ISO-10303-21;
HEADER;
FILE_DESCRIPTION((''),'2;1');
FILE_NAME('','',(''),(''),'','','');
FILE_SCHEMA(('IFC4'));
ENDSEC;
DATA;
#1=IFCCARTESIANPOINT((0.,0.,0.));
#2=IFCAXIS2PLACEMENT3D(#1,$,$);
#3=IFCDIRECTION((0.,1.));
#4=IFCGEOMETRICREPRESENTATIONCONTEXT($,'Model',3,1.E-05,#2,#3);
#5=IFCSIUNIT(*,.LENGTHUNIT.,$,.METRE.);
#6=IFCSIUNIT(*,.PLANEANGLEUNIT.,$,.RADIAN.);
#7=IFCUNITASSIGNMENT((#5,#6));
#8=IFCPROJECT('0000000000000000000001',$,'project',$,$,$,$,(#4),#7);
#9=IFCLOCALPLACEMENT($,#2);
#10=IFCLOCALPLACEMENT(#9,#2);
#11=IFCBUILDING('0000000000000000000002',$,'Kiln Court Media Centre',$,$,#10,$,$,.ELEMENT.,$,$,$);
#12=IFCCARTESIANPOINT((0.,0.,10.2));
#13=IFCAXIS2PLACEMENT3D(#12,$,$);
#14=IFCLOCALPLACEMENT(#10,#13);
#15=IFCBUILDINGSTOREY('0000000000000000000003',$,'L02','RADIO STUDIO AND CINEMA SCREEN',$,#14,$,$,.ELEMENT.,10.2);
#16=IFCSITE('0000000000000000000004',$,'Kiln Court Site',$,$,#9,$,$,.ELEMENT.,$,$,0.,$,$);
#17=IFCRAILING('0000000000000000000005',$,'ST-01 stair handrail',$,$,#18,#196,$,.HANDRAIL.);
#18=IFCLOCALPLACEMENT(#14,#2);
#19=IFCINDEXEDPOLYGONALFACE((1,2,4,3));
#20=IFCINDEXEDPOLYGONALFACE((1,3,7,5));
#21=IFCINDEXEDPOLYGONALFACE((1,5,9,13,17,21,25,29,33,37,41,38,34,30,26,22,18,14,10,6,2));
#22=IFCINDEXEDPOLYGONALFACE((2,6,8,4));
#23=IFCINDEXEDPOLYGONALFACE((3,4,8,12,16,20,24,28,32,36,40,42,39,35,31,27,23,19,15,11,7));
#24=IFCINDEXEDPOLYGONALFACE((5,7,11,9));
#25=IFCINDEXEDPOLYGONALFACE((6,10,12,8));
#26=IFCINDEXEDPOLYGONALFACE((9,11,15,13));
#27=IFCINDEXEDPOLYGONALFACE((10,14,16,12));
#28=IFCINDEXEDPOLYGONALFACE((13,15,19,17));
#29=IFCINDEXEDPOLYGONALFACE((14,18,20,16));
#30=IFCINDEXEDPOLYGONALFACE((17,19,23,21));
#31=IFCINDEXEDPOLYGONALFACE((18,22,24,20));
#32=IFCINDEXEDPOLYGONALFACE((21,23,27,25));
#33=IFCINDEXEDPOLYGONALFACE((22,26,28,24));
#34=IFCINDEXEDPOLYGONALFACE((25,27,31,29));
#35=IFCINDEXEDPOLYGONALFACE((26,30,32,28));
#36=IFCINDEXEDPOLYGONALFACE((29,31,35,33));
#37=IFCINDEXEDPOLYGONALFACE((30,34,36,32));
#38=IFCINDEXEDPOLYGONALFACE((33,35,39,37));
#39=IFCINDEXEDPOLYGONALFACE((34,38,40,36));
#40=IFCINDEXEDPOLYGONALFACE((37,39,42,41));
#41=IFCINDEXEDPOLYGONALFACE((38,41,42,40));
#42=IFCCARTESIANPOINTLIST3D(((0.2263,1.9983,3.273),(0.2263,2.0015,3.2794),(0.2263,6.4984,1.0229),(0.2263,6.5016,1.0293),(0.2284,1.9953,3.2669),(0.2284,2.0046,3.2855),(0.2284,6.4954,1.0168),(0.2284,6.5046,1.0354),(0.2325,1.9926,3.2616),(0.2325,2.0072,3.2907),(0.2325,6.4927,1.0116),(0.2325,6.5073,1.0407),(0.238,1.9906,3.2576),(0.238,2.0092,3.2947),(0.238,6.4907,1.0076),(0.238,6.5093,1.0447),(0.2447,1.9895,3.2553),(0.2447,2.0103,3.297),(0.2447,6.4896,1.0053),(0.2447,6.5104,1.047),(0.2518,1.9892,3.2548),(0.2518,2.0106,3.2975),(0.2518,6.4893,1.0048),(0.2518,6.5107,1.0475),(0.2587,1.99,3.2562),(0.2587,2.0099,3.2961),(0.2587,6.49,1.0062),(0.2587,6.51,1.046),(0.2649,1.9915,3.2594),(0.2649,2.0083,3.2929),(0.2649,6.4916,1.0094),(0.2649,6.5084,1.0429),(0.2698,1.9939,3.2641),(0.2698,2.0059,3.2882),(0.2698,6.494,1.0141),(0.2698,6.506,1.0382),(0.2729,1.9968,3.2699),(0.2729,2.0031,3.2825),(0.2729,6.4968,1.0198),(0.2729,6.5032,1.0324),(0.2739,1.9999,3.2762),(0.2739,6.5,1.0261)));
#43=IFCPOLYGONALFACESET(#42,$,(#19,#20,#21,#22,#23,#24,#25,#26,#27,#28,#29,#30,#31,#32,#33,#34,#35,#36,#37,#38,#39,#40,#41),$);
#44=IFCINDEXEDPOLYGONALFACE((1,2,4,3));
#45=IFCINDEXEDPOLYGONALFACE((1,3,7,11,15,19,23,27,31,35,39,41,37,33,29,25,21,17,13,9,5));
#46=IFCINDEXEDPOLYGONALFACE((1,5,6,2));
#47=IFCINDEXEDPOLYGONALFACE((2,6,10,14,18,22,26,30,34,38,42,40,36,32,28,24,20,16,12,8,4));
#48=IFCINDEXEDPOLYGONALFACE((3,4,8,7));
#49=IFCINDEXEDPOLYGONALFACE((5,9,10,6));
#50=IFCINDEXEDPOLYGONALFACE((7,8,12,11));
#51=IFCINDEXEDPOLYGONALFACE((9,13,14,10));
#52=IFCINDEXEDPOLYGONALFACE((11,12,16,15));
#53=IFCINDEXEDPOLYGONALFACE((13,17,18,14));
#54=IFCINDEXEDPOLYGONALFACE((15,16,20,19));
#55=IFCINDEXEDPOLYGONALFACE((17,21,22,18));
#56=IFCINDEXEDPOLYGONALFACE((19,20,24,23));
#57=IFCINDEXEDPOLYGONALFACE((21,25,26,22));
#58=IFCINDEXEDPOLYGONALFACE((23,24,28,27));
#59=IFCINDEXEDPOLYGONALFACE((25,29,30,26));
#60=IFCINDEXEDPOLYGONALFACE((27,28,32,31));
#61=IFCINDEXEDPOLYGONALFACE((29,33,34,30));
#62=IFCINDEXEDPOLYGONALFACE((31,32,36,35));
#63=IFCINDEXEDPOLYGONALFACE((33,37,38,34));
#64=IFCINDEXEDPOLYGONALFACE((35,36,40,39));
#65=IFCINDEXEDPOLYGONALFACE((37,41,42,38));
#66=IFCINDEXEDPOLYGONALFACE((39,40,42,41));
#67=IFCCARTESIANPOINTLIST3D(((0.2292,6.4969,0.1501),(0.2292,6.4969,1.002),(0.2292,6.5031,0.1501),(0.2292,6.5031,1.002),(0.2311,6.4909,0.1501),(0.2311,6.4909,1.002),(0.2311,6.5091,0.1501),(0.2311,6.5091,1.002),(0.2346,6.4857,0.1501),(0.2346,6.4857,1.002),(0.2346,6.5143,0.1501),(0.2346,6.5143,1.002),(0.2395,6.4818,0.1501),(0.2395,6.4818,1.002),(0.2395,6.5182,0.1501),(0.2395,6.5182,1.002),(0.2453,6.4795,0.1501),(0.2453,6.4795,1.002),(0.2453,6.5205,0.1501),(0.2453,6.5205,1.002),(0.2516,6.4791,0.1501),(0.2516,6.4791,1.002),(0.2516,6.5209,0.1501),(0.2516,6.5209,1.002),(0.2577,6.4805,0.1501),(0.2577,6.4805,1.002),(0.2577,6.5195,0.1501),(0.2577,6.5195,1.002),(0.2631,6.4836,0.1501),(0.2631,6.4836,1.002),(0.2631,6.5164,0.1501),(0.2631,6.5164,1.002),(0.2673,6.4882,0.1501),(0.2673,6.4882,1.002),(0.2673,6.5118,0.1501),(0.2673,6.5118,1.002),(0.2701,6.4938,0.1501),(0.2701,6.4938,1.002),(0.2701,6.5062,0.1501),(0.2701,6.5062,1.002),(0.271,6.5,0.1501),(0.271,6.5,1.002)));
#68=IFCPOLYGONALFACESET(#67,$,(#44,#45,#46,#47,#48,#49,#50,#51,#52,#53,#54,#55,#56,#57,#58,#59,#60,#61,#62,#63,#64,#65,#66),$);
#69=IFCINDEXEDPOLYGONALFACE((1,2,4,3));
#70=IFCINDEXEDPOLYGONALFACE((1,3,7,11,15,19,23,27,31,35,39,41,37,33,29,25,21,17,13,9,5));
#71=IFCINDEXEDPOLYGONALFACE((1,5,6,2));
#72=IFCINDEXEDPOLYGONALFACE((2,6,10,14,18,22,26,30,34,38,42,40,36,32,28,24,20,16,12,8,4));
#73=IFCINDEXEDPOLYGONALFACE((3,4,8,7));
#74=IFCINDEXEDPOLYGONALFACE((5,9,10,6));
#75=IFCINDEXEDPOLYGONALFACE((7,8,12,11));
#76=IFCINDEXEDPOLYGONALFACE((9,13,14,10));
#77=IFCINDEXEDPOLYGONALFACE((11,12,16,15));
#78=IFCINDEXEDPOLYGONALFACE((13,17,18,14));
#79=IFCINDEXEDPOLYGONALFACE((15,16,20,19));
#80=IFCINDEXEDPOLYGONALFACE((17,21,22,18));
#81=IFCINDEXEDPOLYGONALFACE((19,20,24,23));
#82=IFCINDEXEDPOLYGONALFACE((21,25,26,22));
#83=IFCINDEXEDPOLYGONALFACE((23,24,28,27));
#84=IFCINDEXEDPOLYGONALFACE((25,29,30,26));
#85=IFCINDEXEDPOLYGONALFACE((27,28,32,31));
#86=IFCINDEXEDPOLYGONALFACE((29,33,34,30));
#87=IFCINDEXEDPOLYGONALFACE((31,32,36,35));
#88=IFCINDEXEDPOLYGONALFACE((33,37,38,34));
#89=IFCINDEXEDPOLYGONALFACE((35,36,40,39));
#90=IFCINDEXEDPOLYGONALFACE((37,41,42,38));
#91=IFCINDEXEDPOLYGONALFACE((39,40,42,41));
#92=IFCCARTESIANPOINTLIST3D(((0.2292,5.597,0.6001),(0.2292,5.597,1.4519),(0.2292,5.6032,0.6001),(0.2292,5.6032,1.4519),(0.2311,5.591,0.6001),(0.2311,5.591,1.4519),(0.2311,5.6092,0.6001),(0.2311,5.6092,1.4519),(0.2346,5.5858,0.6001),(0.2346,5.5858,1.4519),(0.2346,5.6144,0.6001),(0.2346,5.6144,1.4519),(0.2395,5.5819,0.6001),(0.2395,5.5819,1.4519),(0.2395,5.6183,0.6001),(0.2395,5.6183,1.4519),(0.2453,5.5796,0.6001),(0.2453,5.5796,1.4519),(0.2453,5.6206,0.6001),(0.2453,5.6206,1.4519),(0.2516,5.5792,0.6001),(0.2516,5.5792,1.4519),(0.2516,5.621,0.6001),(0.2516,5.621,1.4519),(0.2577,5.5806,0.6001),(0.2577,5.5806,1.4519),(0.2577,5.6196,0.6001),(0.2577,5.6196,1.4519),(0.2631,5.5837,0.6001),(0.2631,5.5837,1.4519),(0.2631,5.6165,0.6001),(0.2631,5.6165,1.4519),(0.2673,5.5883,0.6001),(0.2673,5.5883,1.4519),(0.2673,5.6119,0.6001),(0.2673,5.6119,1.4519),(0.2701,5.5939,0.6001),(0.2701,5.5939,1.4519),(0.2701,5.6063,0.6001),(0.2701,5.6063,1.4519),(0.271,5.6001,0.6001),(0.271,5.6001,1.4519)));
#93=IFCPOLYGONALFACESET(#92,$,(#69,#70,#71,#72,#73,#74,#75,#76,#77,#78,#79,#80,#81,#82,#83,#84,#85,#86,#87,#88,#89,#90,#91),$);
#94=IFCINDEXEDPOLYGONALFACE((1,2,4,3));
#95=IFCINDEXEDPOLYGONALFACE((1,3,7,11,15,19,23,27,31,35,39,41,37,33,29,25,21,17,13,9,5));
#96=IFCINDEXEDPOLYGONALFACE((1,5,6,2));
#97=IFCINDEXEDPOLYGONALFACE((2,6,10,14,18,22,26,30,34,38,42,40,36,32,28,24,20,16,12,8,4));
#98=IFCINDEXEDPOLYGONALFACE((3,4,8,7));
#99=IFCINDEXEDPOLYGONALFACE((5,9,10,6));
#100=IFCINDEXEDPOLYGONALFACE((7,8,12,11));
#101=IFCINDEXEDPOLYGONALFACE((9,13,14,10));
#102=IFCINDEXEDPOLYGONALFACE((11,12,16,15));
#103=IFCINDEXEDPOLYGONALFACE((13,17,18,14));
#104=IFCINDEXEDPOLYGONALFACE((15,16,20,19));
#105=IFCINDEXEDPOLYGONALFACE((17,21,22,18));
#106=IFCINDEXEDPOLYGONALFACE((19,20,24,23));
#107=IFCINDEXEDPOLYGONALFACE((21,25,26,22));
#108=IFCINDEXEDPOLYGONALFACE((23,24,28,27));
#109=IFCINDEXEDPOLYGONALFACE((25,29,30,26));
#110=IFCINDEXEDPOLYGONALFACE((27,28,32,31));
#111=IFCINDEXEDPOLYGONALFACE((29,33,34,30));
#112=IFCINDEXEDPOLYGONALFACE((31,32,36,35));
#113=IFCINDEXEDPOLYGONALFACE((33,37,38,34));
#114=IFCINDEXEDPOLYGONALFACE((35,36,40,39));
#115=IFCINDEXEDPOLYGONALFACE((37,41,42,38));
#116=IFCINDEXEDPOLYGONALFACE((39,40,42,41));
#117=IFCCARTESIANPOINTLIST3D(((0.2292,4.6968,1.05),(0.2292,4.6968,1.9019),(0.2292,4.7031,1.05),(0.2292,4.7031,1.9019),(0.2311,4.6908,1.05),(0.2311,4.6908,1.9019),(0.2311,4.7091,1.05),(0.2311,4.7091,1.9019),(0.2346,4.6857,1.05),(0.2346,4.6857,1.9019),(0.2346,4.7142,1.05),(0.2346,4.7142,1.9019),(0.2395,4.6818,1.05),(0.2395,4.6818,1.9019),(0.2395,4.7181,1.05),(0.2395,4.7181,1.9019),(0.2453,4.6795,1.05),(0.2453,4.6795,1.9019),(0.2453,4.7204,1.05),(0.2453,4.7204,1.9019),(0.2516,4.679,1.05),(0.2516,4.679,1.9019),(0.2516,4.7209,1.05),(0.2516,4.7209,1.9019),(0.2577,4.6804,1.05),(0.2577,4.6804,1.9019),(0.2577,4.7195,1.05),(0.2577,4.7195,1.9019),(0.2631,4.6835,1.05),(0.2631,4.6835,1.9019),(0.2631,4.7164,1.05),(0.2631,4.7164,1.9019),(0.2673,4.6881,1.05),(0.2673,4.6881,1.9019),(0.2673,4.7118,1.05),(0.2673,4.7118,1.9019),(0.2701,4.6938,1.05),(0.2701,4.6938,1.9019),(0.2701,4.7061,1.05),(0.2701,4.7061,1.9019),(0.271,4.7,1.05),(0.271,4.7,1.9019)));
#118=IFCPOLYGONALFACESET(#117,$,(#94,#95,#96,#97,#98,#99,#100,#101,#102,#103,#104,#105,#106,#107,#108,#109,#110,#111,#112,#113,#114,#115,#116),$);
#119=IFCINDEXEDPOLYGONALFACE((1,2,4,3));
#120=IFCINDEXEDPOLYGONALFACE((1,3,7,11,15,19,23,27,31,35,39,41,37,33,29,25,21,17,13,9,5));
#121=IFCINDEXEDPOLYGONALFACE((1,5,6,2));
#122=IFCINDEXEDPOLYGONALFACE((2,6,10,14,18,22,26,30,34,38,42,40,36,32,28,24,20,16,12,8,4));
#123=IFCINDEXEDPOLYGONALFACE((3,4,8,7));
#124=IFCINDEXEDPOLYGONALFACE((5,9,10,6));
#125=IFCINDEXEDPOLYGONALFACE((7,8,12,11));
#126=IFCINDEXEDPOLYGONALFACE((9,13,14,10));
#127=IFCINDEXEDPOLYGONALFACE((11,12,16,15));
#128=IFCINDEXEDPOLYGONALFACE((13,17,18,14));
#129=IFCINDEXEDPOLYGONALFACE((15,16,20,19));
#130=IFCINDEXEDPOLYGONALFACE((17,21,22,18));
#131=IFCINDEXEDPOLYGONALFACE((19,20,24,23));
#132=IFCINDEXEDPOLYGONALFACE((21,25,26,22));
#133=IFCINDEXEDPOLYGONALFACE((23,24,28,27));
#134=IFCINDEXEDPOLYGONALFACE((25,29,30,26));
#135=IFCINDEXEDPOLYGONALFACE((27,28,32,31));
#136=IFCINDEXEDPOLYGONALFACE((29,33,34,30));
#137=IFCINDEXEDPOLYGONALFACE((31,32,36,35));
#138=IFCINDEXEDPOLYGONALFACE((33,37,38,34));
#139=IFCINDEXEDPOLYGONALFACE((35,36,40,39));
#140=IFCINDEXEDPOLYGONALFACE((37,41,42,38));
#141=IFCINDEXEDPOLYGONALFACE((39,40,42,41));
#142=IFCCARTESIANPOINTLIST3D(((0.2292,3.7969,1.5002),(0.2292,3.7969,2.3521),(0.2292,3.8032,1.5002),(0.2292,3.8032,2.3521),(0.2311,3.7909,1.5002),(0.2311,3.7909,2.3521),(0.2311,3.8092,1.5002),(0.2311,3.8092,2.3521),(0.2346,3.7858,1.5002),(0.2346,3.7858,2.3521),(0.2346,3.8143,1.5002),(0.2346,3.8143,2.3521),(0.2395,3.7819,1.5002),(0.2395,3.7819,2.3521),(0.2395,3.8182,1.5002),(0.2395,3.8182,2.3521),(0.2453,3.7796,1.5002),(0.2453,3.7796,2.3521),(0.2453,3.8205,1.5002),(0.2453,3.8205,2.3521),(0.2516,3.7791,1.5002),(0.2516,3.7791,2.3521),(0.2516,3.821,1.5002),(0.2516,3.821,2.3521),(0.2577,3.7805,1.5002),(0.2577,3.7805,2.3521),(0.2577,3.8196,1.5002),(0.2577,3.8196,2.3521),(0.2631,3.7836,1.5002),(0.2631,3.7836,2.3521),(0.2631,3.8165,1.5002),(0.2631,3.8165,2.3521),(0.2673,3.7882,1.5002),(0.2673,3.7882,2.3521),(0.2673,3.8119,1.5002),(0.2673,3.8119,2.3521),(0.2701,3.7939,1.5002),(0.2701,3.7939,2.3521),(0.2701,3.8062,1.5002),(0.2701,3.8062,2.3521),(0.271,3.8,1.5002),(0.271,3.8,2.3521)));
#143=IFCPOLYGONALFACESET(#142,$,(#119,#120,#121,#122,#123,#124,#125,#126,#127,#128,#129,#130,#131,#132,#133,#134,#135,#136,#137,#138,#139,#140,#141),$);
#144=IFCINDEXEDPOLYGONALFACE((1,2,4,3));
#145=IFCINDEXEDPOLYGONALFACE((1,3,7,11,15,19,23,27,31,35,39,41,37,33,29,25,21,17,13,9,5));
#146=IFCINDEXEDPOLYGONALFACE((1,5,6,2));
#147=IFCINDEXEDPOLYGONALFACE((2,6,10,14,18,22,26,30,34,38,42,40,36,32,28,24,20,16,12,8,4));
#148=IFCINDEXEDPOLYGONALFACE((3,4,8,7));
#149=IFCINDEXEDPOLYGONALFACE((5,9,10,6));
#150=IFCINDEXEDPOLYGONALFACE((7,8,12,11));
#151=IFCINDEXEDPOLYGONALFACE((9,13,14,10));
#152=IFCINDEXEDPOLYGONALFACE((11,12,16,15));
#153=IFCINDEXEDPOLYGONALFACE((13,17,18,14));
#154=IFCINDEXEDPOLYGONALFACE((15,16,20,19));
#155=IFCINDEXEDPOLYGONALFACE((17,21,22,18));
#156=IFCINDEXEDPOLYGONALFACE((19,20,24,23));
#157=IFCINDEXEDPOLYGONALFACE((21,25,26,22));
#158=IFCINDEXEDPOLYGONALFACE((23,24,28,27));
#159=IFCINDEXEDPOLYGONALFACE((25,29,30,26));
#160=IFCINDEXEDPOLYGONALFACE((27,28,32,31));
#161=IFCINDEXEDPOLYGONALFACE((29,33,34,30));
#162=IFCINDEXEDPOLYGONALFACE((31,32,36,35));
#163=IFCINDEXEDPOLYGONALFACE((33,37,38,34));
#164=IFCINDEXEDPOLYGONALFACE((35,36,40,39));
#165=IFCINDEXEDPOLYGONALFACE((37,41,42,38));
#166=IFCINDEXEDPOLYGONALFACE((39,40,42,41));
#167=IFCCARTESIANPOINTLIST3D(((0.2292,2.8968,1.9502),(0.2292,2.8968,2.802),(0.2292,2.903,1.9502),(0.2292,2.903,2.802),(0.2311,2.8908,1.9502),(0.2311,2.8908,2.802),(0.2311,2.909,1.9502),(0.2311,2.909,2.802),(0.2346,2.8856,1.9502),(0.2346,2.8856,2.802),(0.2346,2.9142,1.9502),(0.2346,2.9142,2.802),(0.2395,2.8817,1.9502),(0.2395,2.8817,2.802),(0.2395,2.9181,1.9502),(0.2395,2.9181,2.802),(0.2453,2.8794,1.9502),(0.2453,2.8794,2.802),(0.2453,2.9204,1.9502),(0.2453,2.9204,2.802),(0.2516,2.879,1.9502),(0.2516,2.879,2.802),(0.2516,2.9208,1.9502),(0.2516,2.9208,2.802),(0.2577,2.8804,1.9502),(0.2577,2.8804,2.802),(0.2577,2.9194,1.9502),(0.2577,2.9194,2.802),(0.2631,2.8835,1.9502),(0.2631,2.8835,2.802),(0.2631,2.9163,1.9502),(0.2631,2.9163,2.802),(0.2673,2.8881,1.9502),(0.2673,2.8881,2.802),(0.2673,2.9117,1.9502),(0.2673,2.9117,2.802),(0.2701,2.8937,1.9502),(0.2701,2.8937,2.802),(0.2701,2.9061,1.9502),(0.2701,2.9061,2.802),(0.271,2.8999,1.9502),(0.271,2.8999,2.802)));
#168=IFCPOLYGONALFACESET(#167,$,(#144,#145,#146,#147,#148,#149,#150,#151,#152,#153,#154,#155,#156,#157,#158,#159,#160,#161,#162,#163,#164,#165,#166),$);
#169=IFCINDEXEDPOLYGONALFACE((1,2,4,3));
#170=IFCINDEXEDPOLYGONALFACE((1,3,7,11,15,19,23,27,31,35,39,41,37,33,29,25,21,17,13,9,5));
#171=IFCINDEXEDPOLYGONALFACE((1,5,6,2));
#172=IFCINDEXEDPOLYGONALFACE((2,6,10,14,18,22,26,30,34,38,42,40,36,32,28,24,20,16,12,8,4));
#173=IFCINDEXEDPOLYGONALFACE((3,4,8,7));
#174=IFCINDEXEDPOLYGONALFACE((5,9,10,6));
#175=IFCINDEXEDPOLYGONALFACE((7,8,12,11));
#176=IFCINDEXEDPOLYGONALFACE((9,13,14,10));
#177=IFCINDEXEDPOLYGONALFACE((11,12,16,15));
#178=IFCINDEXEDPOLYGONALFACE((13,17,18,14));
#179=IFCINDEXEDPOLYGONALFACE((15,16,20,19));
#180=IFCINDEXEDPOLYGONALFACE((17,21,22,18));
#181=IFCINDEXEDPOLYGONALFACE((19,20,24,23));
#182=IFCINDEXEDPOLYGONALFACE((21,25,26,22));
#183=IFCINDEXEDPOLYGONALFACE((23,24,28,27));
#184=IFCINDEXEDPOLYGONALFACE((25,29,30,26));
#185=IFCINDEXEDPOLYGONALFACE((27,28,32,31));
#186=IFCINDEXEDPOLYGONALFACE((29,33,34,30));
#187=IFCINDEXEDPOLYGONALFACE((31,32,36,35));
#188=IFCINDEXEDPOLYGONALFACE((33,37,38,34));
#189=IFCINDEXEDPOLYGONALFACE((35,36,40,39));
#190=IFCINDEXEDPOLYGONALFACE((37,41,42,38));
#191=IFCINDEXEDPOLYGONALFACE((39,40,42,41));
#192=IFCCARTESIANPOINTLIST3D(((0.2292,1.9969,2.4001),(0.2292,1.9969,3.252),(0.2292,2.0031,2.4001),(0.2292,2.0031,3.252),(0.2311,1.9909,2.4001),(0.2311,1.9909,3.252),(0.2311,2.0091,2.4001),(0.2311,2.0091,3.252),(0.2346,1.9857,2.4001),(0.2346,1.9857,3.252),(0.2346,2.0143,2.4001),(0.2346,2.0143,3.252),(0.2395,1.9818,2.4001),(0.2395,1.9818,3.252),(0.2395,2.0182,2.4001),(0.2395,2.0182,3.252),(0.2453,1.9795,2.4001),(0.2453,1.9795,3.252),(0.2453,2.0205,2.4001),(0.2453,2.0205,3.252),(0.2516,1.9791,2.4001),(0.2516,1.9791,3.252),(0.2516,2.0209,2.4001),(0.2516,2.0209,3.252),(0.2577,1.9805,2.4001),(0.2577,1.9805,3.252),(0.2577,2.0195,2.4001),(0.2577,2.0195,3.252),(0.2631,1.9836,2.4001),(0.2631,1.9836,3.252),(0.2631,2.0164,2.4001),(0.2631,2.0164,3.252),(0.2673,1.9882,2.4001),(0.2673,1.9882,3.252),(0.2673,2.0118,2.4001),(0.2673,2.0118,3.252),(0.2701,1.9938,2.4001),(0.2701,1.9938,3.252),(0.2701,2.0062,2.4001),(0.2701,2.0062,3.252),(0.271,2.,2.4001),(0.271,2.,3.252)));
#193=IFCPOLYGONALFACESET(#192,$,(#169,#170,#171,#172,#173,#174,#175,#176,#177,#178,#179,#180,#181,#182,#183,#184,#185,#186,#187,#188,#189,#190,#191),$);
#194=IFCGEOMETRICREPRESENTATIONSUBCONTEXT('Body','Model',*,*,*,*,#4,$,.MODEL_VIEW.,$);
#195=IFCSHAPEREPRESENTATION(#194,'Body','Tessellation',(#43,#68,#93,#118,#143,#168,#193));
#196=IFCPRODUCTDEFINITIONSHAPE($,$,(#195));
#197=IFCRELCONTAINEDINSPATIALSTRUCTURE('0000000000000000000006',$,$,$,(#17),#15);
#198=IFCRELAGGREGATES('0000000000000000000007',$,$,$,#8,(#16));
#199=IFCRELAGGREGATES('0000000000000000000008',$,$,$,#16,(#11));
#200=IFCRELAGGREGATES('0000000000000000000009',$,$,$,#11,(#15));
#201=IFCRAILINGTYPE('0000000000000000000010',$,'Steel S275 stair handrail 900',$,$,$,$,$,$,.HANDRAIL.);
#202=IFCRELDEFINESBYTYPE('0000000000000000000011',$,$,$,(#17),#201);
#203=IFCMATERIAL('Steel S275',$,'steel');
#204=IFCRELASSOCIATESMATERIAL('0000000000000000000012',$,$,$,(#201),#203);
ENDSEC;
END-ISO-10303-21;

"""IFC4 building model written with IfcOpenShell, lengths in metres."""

from ifc_helpers import new_model, si_unit, direction, frame, origin, origin_2d, place, context, subcontext, project, spatial, circle, extrude, material, type_object, element, save


model = new_model("IFC4")

# Units and contexts
model_context = context("Model", 3, precision=1e-05, world=origin(), true_north=direction((0.0, 1.0)))
body_context = subcontext(model_context, "Body", "Model", "MODEL_VIEW")
ifc_project = project(units=[si_unit("LENGTHUNIT", "METRE"), si_unit("PLANEANGLEUNIT", "RADIAN")], contexts=[model_context])

# Site, building, storey
site_placement = place(None, origin())
site = spatial("IfcSite", under=ifc_project, at=site_placement, Name="Kiln Court Site", CompositionType="ELEMENT", RefElevation=0.0)
building_placement = place(site_placement, origin())
building = spatial("IfcBuilding", under=site, at=building_placement, Name="Kiln Court Media Centre", CompositionType="ELEMENT")
storey_placement = place(building_placement, frame((0.0, 0.0, 10.2)))
storey = spatial("IfcBuildingStorey", under=building, at=storey_placement, Name="L02", Description="RADIO STUDIO AND CINEMA SCREEN", CompositionType="ELEMENT", Elevation=10.2)

# Railing
ifc_material_1 = material(Name="Steel S275", Category="steel")
railing_type_1 = type_object("IfcRailingType", Name="Steel S275 stair handrail 900", PredefinedType="HANDRAIL", material=ifc_material_1)
railing_1_placement = place(storey_placement, frame((0.25, 6.5, 0.1501)))
element("IfcRailing", 1, at=railing_1_placement, inside=storey, type_object=railing_type_1, Name="ST-01 stair handrail", PredefinedType="HANDRAIL", context=body_context, shape_type="SweptSolid", body=[
    extrude(circle(Radius=0.0239, at=origin_2d()), frame((0.0, 0.0, 0.876), z_axis=(0.0, -0.894427, 0.447214), x_axis=(1.0, 0.0, 0.0)), (0.0, 0.0, 1.0), 5.0312),
    extrude(circle(Radius=0.021, at=origin_2d()), origin(), (0.0, 0.0, 1.0), 0.8518),
    extrude(circle(Radius=0.021, at=origin_2d()), frame((0.0, -0.8999, 0.45)), (0.0, 0.0, 1.0), 0.8518),
    extrude(circle(Radius=0.021, at=origin_2d()), frame((0.0, -1.8, 0.8999)), (0.0, 0.0, 1.0), 0.8518),
    extrude(circle(Radius=0.021, at=origin_2d()), frame((0.0, -2.7, 1.3501)), (0.0, 0.0, 1.0), 0.8518),
    extrude(circle(Radius=0.021, at=origin_2d()), frame((0.0, -3.6001, 1.8)), (0.0, 0.0, 1.0), 0.8518),
    extrude(circle(Radius=0.021, at=origin_2d()), frame((0.0, -4.5, 2.25)), (0.0, 0.0, 1.0), 0.8518),
])

save(model, "model.ifc")
